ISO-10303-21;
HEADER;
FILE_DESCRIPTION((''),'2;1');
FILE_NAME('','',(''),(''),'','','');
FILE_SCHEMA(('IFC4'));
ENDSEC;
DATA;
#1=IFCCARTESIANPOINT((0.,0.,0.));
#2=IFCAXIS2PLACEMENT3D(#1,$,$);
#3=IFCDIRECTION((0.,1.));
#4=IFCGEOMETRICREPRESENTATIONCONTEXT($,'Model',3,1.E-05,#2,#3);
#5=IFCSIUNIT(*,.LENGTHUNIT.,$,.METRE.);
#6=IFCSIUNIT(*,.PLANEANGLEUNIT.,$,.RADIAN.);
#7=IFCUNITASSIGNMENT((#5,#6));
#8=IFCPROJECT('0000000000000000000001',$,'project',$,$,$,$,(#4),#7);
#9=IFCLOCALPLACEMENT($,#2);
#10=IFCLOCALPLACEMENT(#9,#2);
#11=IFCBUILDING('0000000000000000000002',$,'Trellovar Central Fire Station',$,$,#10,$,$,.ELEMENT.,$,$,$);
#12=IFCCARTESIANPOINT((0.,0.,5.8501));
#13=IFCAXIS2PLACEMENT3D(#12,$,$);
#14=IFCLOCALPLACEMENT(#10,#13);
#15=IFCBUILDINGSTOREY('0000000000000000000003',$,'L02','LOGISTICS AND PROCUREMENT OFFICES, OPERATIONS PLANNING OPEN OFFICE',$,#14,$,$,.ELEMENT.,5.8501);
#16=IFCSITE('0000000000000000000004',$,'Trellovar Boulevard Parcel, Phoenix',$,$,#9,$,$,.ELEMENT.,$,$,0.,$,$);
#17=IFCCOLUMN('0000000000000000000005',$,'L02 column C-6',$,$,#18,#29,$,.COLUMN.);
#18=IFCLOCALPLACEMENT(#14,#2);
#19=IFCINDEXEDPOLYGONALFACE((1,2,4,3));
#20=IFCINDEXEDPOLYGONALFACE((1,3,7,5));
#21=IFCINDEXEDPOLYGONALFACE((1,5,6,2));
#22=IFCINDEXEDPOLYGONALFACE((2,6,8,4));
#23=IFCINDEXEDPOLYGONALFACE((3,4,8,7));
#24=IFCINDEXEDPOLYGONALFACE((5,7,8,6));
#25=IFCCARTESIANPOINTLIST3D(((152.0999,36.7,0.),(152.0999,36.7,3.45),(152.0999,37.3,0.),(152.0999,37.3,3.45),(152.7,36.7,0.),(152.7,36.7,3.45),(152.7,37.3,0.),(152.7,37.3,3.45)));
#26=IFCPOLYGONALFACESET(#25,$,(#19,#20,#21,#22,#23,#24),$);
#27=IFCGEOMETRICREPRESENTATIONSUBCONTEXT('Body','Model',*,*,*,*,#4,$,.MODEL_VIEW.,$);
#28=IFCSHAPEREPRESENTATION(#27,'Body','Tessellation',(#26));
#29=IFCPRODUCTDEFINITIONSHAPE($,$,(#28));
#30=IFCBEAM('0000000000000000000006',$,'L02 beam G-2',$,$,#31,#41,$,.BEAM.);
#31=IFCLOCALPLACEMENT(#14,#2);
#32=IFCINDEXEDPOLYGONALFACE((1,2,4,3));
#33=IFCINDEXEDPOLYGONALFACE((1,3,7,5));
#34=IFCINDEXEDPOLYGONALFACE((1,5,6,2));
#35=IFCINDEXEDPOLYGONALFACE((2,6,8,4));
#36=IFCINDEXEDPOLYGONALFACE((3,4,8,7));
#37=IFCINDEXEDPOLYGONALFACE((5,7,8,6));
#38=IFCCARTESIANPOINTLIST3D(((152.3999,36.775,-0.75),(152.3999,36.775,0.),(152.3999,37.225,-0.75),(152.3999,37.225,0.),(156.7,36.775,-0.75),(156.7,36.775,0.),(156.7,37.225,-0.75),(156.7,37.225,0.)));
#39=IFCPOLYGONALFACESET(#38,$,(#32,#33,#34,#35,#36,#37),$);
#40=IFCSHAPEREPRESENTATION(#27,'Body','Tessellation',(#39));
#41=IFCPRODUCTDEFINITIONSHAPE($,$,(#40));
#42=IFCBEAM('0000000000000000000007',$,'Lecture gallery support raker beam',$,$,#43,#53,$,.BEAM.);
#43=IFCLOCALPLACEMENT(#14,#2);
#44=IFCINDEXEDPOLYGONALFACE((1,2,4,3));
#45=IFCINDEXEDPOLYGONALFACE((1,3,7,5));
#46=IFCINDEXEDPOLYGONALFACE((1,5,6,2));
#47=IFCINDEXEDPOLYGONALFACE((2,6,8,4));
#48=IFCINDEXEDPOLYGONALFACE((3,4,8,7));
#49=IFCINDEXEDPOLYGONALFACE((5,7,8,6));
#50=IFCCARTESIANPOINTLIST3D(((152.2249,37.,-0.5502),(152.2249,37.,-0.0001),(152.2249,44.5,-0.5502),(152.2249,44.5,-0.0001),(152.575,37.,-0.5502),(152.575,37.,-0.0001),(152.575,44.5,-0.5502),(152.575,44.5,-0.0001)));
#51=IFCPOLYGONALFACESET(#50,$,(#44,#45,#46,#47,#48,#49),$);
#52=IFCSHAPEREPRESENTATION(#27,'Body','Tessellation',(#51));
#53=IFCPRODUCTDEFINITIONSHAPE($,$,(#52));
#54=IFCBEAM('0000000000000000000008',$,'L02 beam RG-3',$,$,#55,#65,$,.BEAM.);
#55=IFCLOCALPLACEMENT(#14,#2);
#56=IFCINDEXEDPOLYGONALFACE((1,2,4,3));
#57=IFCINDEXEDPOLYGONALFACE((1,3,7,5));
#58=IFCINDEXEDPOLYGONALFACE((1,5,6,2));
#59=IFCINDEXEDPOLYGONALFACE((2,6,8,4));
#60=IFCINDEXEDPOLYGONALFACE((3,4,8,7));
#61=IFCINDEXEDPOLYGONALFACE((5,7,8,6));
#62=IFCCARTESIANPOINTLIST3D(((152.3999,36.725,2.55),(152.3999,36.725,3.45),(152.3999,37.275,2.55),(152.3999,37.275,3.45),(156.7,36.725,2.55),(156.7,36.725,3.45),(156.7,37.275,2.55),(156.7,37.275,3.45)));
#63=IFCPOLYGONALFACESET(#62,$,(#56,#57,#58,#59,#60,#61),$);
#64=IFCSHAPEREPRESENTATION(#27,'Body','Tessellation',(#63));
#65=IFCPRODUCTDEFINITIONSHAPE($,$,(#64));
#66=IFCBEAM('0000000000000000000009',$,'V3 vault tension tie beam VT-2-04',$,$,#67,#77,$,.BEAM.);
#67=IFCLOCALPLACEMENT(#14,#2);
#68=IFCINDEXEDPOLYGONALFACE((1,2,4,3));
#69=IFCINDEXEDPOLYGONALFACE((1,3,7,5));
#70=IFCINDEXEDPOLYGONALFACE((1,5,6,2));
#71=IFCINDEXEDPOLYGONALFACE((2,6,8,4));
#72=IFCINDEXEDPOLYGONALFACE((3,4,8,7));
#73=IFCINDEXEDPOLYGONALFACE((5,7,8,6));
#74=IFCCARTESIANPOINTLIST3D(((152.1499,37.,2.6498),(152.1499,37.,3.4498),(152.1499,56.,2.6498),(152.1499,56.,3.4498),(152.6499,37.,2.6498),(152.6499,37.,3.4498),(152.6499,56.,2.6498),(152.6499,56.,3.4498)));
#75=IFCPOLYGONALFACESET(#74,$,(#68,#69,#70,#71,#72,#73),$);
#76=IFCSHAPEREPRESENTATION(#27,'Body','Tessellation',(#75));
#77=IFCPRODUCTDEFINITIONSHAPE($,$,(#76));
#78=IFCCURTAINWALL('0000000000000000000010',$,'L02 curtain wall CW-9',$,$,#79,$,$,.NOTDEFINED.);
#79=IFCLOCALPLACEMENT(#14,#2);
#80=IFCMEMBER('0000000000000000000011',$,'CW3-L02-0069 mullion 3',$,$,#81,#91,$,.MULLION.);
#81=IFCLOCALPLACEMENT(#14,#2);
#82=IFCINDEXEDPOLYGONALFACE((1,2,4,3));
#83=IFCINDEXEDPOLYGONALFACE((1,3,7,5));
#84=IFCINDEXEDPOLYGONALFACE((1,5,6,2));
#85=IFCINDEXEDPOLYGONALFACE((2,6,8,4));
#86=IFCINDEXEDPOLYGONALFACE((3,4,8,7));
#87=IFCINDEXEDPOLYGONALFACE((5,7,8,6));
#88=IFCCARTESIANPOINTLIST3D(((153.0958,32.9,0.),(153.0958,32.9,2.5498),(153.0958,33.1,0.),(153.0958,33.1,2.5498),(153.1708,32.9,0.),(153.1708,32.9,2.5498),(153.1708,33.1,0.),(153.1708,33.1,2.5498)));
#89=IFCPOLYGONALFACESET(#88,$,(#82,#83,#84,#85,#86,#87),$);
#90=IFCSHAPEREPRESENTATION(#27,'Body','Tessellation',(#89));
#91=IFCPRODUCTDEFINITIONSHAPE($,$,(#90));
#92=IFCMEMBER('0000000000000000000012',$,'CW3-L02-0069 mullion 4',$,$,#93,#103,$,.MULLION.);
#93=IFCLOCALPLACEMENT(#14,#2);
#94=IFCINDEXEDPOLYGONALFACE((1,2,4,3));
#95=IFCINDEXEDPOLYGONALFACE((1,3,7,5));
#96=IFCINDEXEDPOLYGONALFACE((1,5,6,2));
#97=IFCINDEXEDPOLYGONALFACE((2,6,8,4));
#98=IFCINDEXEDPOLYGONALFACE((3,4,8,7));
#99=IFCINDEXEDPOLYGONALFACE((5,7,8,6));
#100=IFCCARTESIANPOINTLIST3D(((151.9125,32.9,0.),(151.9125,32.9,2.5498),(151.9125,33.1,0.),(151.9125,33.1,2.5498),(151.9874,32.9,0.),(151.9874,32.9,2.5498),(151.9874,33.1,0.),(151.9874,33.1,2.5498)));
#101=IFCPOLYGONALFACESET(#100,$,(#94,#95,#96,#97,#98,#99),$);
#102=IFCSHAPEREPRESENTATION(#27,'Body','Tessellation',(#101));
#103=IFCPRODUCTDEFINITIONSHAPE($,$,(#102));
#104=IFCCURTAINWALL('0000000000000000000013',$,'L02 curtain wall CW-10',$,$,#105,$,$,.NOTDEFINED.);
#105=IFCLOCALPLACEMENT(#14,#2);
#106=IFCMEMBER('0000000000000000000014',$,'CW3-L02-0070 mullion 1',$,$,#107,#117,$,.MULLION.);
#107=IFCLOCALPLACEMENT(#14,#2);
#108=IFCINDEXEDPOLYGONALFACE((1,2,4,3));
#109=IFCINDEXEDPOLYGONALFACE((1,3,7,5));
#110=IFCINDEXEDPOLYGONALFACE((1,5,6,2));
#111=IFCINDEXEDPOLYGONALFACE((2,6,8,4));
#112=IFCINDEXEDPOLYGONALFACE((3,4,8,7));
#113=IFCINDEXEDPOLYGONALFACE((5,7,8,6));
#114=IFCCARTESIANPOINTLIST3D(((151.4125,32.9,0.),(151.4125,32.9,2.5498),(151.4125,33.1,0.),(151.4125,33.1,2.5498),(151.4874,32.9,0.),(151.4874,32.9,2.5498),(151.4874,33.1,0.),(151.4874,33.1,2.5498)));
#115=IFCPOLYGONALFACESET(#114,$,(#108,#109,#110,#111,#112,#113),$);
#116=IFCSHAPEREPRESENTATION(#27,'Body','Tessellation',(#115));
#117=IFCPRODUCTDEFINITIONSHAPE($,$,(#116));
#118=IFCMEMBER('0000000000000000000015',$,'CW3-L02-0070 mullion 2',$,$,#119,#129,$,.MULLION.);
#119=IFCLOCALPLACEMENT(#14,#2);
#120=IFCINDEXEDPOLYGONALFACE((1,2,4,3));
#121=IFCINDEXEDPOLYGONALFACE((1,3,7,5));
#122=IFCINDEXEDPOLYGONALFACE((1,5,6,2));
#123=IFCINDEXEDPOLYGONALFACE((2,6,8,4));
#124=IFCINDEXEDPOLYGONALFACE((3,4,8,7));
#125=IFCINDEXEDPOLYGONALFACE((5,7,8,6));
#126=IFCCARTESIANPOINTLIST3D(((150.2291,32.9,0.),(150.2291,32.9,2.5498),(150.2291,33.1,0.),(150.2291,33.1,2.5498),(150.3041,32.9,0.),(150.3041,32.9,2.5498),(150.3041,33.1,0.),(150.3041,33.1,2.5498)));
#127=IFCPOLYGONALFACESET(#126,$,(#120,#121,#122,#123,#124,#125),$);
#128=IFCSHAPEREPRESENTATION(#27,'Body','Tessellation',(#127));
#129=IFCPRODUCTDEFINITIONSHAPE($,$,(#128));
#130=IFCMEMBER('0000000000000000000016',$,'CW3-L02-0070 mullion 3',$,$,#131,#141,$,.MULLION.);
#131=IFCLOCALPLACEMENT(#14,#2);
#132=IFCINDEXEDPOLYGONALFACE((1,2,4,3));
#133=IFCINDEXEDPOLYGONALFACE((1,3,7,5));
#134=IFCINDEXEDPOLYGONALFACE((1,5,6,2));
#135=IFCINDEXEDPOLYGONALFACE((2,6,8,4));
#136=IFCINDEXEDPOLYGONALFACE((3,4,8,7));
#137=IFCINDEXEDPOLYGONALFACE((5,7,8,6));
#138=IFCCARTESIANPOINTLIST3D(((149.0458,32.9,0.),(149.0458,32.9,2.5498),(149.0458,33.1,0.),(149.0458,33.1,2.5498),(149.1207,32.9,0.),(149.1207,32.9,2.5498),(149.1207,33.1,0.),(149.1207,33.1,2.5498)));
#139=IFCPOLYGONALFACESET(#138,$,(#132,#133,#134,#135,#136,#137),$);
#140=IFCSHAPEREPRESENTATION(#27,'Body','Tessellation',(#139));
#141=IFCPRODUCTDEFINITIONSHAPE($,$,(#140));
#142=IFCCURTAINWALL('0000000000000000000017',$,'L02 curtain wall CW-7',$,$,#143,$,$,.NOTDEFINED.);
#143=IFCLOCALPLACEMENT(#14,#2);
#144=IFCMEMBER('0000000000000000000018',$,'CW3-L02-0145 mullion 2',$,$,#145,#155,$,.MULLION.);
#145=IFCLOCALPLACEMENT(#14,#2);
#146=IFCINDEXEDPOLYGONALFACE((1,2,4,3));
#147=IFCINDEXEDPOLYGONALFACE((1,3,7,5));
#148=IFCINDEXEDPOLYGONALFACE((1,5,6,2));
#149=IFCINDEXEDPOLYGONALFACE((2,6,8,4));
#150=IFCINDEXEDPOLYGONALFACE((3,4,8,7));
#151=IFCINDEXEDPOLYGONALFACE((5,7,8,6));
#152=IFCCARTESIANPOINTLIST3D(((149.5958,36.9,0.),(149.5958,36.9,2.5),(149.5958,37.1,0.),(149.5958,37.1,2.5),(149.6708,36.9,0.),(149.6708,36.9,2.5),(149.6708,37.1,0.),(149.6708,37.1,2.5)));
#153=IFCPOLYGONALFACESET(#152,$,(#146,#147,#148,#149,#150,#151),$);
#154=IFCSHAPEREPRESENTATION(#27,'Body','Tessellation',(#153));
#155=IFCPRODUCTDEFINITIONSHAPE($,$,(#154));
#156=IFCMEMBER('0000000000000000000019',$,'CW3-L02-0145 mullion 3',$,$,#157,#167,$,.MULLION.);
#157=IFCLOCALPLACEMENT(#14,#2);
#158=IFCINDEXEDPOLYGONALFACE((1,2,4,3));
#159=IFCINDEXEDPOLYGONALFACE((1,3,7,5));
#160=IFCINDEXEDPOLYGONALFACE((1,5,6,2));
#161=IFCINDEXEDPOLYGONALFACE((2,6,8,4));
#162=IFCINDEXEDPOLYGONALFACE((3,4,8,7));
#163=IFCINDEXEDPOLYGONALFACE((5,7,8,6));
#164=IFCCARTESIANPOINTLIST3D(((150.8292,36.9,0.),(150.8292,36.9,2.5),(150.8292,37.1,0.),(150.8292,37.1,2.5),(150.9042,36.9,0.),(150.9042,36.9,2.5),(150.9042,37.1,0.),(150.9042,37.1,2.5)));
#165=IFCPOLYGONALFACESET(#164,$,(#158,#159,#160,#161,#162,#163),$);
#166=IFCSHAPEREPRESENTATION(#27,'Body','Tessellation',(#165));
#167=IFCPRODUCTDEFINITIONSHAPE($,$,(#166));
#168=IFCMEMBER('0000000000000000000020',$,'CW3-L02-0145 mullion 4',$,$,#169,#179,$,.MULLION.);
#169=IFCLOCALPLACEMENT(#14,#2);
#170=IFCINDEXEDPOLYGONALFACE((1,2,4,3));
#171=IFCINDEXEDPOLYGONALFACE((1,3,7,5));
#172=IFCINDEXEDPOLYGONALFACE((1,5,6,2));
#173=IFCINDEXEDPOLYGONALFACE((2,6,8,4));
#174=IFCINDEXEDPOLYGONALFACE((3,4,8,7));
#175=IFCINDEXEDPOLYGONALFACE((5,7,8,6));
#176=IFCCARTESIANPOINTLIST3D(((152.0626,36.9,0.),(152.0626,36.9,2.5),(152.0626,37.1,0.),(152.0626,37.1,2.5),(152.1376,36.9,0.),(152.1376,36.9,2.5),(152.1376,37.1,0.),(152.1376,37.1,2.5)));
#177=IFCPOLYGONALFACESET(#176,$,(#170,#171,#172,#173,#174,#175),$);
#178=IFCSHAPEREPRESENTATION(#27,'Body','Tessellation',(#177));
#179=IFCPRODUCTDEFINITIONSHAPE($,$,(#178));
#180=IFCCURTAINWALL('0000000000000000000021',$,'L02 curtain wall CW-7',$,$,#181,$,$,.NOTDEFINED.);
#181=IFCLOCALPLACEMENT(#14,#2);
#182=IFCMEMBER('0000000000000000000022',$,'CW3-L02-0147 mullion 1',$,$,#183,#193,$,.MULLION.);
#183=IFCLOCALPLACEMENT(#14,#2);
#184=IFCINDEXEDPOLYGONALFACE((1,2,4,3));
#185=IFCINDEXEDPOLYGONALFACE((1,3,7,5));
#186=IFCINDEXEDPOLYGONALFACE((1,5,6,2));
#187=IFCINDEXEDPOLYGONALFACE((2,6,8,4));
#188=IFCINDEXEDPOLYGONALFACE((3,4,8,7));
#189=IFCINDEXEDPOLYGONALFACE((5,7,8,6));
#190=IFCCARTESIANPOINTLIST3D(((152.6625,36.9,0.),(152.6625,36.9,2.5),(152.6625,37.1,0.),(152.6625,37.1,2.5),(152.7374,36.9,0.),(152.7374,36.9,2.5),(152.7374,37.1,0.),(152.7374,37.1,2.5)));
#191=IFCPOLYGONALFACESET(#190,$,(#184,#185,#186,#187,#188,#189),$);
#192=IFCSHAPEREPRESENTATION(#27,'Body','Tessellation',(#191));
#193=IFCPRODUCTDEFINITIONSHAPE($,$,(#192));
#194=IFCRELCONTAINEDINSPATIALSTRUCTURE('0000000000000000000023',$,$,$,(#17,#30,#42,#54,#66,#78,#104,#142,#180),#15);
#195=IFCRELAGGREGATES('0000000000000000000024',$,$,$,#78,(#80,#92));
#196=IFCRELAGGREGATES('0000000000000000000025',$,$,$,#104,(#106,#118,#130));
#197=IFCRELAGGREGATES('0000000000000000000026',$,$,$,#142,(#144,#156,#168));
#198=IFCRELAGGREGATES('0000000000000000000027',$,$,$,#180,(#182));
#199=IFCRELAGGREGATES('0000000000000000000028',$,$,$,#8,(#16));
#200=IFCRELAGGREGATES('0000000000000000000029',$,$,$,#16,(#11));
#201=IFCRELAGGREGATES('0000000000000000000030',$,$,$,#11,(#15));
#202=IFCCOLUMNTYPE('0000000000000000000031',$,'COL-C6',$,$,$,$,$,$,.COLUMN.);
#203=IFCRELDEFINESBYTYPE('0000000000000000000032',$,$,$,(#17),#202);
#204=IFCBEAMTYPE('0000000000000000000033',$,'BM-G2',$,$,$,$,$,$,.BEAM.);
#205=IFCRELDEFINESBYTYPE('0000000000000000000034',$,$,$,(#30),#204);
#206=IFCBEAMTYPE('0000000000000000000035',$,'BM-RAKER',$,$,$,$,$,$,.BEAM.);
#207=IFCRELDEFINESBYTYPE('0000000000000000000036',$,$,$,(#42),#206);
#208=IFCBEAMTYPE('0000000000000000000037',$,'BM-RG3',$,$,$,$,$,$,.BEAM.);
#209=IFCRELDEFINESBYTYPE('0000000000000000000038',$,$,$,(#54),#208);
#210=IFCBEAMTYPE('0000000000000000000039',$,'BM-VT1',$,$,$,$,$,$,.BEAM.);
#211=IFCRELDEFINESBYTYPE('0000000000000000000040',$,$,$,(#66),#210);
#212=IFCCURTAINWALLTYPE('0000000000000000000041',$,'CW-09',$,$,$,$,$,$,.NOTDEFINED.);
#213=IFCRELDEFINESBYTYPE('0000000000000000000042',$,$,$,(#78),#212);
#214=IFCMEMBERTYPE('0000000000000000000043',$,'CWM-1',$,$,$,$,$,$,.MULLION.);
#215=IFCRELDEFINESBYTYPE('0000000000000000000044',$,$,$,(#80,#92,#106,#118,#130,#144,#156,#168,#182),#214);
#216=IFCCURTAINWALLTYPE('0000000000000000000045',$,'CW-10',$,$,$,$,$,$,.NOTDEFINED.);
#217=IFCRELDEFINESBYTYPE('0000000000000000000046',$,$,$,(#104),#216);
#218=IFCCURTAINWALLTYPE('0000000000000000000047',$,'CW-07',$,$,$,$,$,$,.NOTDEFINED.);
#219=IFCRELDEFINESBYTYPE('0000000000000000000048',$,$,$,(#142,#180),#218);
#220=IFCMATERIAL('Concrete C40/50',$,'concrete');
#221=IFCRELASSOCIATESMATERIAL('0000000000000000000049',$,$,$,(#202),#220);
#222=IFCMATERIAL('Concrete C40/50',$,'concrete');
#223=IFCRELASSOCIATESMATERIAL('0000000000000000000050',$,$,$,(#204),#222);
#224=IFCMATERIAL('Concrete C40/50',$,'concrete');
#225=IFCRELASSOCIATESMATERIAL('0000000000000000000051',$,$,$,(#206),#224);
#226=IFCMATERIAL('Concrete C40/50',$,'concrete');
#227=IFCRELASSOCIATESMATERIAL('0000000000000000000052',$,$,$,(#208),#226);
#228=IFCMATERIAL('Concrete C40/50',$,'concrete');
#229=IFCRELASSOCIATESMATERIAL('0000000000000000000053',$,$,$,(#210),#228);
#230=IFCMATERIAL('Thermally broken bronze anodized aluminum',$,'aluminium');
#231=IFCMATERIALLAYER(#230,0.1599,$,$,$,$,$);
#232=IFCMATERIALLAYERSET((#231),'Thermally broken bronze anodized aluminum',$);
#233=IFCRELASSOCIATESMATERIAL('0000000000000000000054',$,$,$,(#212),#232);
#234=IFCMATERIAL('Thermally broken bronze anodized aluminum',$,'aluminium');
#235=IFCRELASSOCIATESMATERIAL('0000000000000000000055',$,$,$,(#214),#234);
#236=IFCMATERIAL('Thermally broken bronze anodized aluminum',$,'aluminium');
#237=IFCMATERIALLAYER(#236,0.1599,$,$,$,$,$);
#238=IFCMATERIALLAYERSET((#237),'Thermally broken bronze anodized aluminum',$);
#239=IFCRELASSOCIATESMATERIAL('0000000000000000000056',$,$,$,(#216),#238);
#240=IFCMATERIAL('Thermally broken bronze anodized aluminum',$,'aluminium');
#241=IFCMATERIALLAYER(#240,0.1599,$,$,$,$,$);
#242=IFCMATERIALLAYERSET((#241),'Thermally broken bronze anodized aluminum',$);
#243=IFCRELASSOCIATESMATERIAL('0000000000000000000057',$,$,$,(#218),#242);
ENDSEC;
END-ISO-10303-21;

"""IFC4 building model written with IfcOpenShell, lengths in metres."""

from ifc_helpers import new_model, si_unit, direction, frame, origin, origin_2d, place, context, subcontext, project, spatial, rectangle, extrude, material, layer, layer_set, material_profile, profile_set, type_object, element, aggregate, save


model = new_model("IFC4")

# Units and contexts
model_context = context("Model", 3, precision=1e-05, world=origin(), true_north=direction((0.0, 1.0)))
body_context = subcontext(model_context, "Body", "Model", "MODEL_VIEW")
ifc_project = project(units=[si_unit("LENGTHUNIT", "METRE"), si_unit("PLANEANGLEUNIT", "RADIAN")], contexts=[model_context])

# Site, building, storey
site_placement = place(None, origin())
site = spatial("IfcSite", under=ifc_project, at=site_placement, Name="Trellovar Boulevard Parcel, Phoenix", CompositionType="ELEMENT", RefElevation=0.0)
building_placement = place(site_placement, origin())
building = spatial("IfcBuilding", under=site, at=building_placement, Name="Trellovar Central Fire Station", CompositionType="ELEMENT")
storey_placement = place(building_placement, frame((0.0, 0.0, 5.8501)))
storey = spatial("IfcBuildingStorey", under=building, at=storey_placement, Name="L02", Description="LOGISTICS AND PROCUREMENT OFFICES, OPERATIONS PLANNING OPEN OFFICE", CompositionType="ELEMENT", Elevation=5.8501)

# Column
ifc_material_1 = material(Name="Concrete C40/50", Category="concrete")
ifc_material_profile_1 = material_profile(ifc_material_1, rectangle(XDim=0.6001, YDim=0.6001, at=origin_2d()), Name="RC600X600")
ifc_profile_set_1 = profile_set([ifc_material_profile_1], Name="Concrete C40/50")
column_type = type_object("IfcColumnType", Name="COL-C6", PredefinedType="COLUMN", material=ifc_profile_set_1)
column_placement = place(storey_placement, frame((152.3999, 37.0, 0.0), z_axis=(0.0, 0.0, 1.0), x_axis=(1.0, 0.0, 0.0)))
element("IfcColumn", 1, at=column_placement, inside=storey, type_object=column_type, Name="L02 column C-6", PredefinedType="COLUMN", context=body_context, shape_type="SweptSolid", body=[
    extrude(rectangle(XDim=0.6001, YDim=0.6001, at=origin_2d()), origin(), (0.0, 0.0, 1.0), 3.45),
])

# Beams
ifc_material_2 = material(Name="Concrete C40/50", Category="concrete")
ifc_material_profile_2 = material_profile(ifc_material_2, rectangle(XDim=0.45, YDim=0.75, at=origin_2d()), Name="RC450X750")
ifc_profile_set_2 = profile_set([ifc_material_profile_2], Name="Concrete C40/50")
beam_type_1 = type_object("IfcBeamType", Name="BM-G2", PredefinedType="BEAM", material=ifc_profile_set_2)
beam_1_placement = place(storey_placement, frame((152.3999, 37.0, -0.375), z_axis=(1.0, 0.0, 0.0), x_axis=(0.0, 1.0, 0.0)))
element("IfcBeam", 2, at=beam_1_placement, inside=storey, type_object=beam_type_1, Name="L02 beam G-2", PredefinedType="BEAM", context=body_context, shape_type="SweptSolid", body=[
    extrude(rectangle(XDim=0.45, YDim=0.75, at=origin_2d()), origin(), (0.0, 0.0, 1.0), 4.3),
])
ifc_material_3 = material(Name="Concrete C40/50", Category="concrete")
ifc_material_profile_3 = material_profile(ifc_material_3, rectangle(XDim=0.3501, YDim=0.55, at=origin_2d()), Name="RC350X550")
ifc_profile_set_3 = profile_set([ifc_material_profile_3], Name="Concrete C40/50")
beam_type_2 = type_object("IfcBeamType", Name="BM-RAKER", PredefinedType="BEAM", material=ifc_profile_set_3)
beam_2_placement = place(storey_placement, frame((152.3999, 37.0, -0.2751), z_axis=(0.0, 1.0, 0.0), x_axis=(-1.0, 0.0, 0.0)))
element("IfcBeam", 3, at=beam_2_placement, inside=storey, type_object=beam_type_2, Name="Lecture gallery support raker beam", PredefinedType="BEAM", context=body_context, shape_type="SweptSolid", body=[
    extrude(rectangle(XDim=0.3501, YDim=0.55, at=origin_2d()), origin(), (0.0, 0.0, 1.0), 7.5),
])
ifc_material_4 = material(Name="Concrete C40/50", Category="concrete")
ifc_material_profile_4 = material_profile(ifc_material_4, rectangle(XDim=0.55, YDim=0.8999, at=origin_2d()), Name="RC550X900")
ifc_profile_set_4 = profile_set([ifc_material_profile_4], Name="Concrete C40/50")
beam_type_3 = type_object("IfcBeamType", Name="BM-RG3", PredefinedType="BEAM", material=ifc_profile_set_4)
beam_3_placement = place(storey_placement, frame((152.3999, 37.0, 3.0), z_axis=(1.0, 0.0, 0.0), x_axis=(0.0, 1.0, 0.0)))
element("IfcBeam", 4, at=beam_3_placement, inside=storey, type_object=beam_type_3, Name="L02 beam RG-3", PredefinedType="BEAM", context=body_context, shape_type="SweptSolid", body=[
    extrude(rectangle(XDim=0.55, YDim=0.8999, at=origin_2d()), origin(), (0.0, 0.0, 1.0), 4.3),
])
ifc_material_5 = material(Name="Concrete C40/50", Category="concrete")
ifc_material_profile_5 = material_profile(ifc_material_5, rectangle(XDim=0.5, YDim=0.8, at=origin_2d()), Name="RC500X800")
ifc_profile_set_5 = profile_set([ifc_material_profile_5], Name="Concrete C40/50")
beam_type_4 = type_object("IfcBeamType", Name="BM-VT1", PredefinedType="BEAM", material=ifc_profile_set_5)
beam_4_placement = place(storey_placement, frame((152.3999, 37.0, 3.0498), z_axis=(0.0, 1.0, 0.0), x_axis=(-1.0, 0.0, 0.0)))
element("IfcBeam", 5, at=beam_4_placement, inside=storey, type_object=beam_type_4, Name="V3 vault tension tie beam VT-2-04", PredefinedType="BEAM", context=body_context, shape_type="SweptSolid", body=[
    extrude(rectangle(XDim=0.5, YDim=0.8, at=origin_2d()), origin(), (0.0, 0.0, 1.0), 19.0),
])

# Curtain walls, members
ifc_material_6 = material(Name="Thermally broken bronze anodized aluminum", Category="aluminium")
ifc_layer_1 = layer(ifc_material_6, 0.1599)
ifc_layer_set_1 = layer_set([ifc_layer_1], Name="Thermally broken bronze anodized aluminum")
curtain_wall_type_1 = type_object("IfcCurtainWallType", Name="CW-09", PredefinedType="NOTDEFINED", material=ifc_layer_set_1)
curtain_wall_1_placement = place(storey_placement, origin())
curtain_wall_1 = element("IfcCurtainWall", 6, at=curtain_wall_1_placement, inside=storey, type_object=curtain_wall_type_1, Name="L02 curtain wall CW-9", PredefinedType="NOTDEFINED")
ifc_material_7 = material(Name="Thermally broken bronze anodized aluminum", Category="aluminium")
ifc_material_profile_6 = material_profile(ifc_material_7, rectangle(XDim=0.075, YDim=0.2, at=origin_2d()), Name="ALU75X200")
ifc_profile_set_6 = profile_set([ifc_material_profile_6], Name="Thermally broken bronze anodized aluminum")
member_type_1 = type_object("IfcMemberType", Name="CWM-1", PredefinedType="MULLION", material=ifc_profile_set_6)
member_1_placement = place(storey_placement, frame((153.1333, 33.0, 0.0), z_axis=(0.0, 0.0, 1.0), x_axis=(1.0, 0.0, 0.0)))
member_1 = element("IfcMember", 7, at=member_1_placement, type_object=member_type_1, Name="CW3-L02-0069 mullion 3", PredefinedType="MULLION", context=body_context, shape_type="SweptSolid", body=[
    extrude(rectangle(XDim=0.075, YDim=0.2, at=origin_2d()), origin(), (0.0, 0.0, 1.0), 2.5498),
])
member_2_placement = place(storey_placement, frame((151.95, 33.0, 0.0), z_axis=(0.0, 0.0, 1.0), x_axis=(1.0, 0.0, 0.0)))
member_2 = element("IfcMember", 8, at=member_2_placement, type_object=member_type_1, Name="CW3-L02-0069 mullion 4", PredefinedType="MULLION", context=body_context, shape_type="SweptSolid", body=[
    extrude(rectangle(XDim=0.075, YDim=0.2, at=origin_2d()), origin(), (0.0, 0.0, 1.0), 2.5498),
])
ifc_material_8 = material(Name="Thermally broken bronze anodized aluminum", Category="aluminium")
ifc_layer_2 = layer(ifc_material_8, 0.1599)
ifc_layer_set_2 = layer_set([ifc_layer_2], Name="Thermally broken bronze anodized aluminum")
curtain_wall_type_2 = type_object("IfcCurtainWallType", Name="CW-10", PredefinedType="NOTDEFINED", material=ifc_layer_set_2)
curtain_wall_2_placement = place(storey_placement, origin())
curtain_wall_2 = element("IfcCurtainWall", 9, at=curtain_wall_2_placement, inside=storey, type_object=curtain_wall_type_2, Name="L02 curtain wall CW-10", PredefinedType="NOTDEFINED")
member_3_placement = place(storey_placement, frame((151.45, 33.0, 0.0), z_axis=(0.0, 0.0, 1.0), x_axis=(1.0, 0.0, 0.0)))
member_3 = element("IfcMember", 10, at=member_3_placement, type_object=member_type_1, Name="CW3-L02-0070 mullion 1", PredefinedType="MULLION", context=body_context, shape_type="SweptSolid", body=[
    extrude(rectangle(XDim=0.075, YDim=0.2, at=origin_2d()), origin(), (0.0, 0.0, 1.0), 2.5498),
])
member_4_placement = place(storey_placement, frame((150.2666, 33.0, 0.0), z_axis=(0.0, 0.0, 1.0), x_axis=(1.0, 0.0, 0.0)))
member_4 = element("IfcMember", 11, at=member_4_placement, type_object=member_type_1, Name="CW3-L02-0070 mullion 2", PredefinedType="MULLION", context=body_context, shape_type="SweptSolid", body=[
    extrude(rectangle(XDim=0.075, YDim=0.2, at=origin_2d()), origin(), (0.0, 0.0, 1.0), 2.5498),
])
member_5_placement = place(storey_placement, frame((149.0833, 33.0, 0.0), z_axis=(0.0, 0.0, 1.0), x_axis=(1.0, 0.0, 0.0)))
member_5 = element("IfcMember", 12, at=member_5_placement, type_object=member_type_1, Name="CW3-L02-0070 mullion 3", PredefinedType="MULLION", context=body_context, shape_type="SweptSolid", body=[
    extrude(rectangle(XDim=0.075, YDim=0.2, at=origin_2d()), origin(), (0.0, 0.0, 1.0), 2.5498),
])
ifc_material_9 = material(Name="Thermally broken bronze anodized aluminum", Category="aluminium")
ifc_layer_3 = layer(ifc_material_9, 0.1599)
ifc_layer_set_3 = layer_set([ifc_layer_3], Name="Thermally broken bronze anodized aluminum")
curtain_wall_type_3 = type_object("IfcCurtainWallType", Name="CW-07", PredefinedType="NOTDEFINED", material=ifc_layer_set_3)
curtain_wall_3_placement = place(storey_placement, origin())
curtain_wall_3 = element("IfcCurtainWall", 13, at=curtain_wall_3_placement, inside=storey, type_object=curtain_wall_type_3, Name="L02 curtain wall CW-7", PredefinedType="NOTDEFINED")
member_6_placement = place(storey_placement, frame((149.6333, 37.0, 0.0), z_axis=(0.0, 0.0, 1.0), x_axis=(1.0, 0.0, 0.0)))
member_6 = element("IfcMember", 14, at=member_6_placement, type_object=member_type_1, Name="CW3-L02-0145 mullion 2", PredefinedType="MULLION", context=body_context, shape_type="SweptSolid", body=[
    extrude(rectangle(XDim=0.075, YDim=0.2, at=origin_2d()), origin(), (0.0, 0.0, 1.0), 2.5),
])
member_7_placement = place(storey_placement, frame((150.8667, 37.0, 0.0), z_axis=(0.0, 0.0, 1.0), x_axis=(1.0, 0.0, 0.0)))
member_7 = element("IfcMember", 15, at=member_7_placement, type_object=member_type_1, Name="CW3-L02-0145 mullion 3", PredefinedType="MULLION", context=body_context, shape_type="SweptSolid", body=[
    extrude(rectangle(XDim=0.075, YDim=0.2, at=origin_2d()), origin(), (0.0, 0.0, 1.0), 2.5),
])
member_8_placement = place(storey_placement, frame((152.1001, 37.0, 0.0), z_axis=(0.0, 0.0, 1.0), x_axis=(1.0, 0.0, 0.0)))
member_8 = element("IfcMember", 16, at=member_8_placement, type_object=member_type_1, Name="CW3-L02-0145 mullion 4", PredefinedType="MULLION", context=body_context, shape_type="SweptSolid", body=[
    extrude(rectangle(XDim=0.075, YDim=0.2, at=origin_2d()), origin(), (0.0, 0.0, 1.0), 2.5),
])

# Curtain wall, member
curtain_wall_4_placement = place(storey_placement, origin())
curtain_wall_4 = element("IfcCurtainWall", 17, at=curtain_wall_4_placement, inside=storey, type_object=curtain_wall_type_3, Name="L02 curtain wall CW-7", PredefinedType="NOTDEFINED")
member_9_placement = place(storey_placement, frame((152.7, 37.0, 0.0), z_axis=(0.0, 0.0, 1.0), x_axis=(1.0, 0.0, 0.0)))
member_9 = element("IfcMember", 18, at=member_9_placement, type_object=member_type_1, Name="CW3-L02-0147 mullion 1", PredefinedType="MULLION", context=body_context, shape_type="SweptSolid", body=[
    extrude(rectangle(XDim=0.075, YDim=0.2, at=origin_2d()), origin(), (0.0, 0.0, 1.0), 2.5),
])

aggregate(curtain_wall_1, [member_1, member_2])
aggregate(curtain_wall_2, [member_3, member_4, member_5])
aggregate(curtain_wall_3, [member_6, member_7, member_8])
aggregate(curtain_wall_4, [member_9])

save(model, "model.ifc")
